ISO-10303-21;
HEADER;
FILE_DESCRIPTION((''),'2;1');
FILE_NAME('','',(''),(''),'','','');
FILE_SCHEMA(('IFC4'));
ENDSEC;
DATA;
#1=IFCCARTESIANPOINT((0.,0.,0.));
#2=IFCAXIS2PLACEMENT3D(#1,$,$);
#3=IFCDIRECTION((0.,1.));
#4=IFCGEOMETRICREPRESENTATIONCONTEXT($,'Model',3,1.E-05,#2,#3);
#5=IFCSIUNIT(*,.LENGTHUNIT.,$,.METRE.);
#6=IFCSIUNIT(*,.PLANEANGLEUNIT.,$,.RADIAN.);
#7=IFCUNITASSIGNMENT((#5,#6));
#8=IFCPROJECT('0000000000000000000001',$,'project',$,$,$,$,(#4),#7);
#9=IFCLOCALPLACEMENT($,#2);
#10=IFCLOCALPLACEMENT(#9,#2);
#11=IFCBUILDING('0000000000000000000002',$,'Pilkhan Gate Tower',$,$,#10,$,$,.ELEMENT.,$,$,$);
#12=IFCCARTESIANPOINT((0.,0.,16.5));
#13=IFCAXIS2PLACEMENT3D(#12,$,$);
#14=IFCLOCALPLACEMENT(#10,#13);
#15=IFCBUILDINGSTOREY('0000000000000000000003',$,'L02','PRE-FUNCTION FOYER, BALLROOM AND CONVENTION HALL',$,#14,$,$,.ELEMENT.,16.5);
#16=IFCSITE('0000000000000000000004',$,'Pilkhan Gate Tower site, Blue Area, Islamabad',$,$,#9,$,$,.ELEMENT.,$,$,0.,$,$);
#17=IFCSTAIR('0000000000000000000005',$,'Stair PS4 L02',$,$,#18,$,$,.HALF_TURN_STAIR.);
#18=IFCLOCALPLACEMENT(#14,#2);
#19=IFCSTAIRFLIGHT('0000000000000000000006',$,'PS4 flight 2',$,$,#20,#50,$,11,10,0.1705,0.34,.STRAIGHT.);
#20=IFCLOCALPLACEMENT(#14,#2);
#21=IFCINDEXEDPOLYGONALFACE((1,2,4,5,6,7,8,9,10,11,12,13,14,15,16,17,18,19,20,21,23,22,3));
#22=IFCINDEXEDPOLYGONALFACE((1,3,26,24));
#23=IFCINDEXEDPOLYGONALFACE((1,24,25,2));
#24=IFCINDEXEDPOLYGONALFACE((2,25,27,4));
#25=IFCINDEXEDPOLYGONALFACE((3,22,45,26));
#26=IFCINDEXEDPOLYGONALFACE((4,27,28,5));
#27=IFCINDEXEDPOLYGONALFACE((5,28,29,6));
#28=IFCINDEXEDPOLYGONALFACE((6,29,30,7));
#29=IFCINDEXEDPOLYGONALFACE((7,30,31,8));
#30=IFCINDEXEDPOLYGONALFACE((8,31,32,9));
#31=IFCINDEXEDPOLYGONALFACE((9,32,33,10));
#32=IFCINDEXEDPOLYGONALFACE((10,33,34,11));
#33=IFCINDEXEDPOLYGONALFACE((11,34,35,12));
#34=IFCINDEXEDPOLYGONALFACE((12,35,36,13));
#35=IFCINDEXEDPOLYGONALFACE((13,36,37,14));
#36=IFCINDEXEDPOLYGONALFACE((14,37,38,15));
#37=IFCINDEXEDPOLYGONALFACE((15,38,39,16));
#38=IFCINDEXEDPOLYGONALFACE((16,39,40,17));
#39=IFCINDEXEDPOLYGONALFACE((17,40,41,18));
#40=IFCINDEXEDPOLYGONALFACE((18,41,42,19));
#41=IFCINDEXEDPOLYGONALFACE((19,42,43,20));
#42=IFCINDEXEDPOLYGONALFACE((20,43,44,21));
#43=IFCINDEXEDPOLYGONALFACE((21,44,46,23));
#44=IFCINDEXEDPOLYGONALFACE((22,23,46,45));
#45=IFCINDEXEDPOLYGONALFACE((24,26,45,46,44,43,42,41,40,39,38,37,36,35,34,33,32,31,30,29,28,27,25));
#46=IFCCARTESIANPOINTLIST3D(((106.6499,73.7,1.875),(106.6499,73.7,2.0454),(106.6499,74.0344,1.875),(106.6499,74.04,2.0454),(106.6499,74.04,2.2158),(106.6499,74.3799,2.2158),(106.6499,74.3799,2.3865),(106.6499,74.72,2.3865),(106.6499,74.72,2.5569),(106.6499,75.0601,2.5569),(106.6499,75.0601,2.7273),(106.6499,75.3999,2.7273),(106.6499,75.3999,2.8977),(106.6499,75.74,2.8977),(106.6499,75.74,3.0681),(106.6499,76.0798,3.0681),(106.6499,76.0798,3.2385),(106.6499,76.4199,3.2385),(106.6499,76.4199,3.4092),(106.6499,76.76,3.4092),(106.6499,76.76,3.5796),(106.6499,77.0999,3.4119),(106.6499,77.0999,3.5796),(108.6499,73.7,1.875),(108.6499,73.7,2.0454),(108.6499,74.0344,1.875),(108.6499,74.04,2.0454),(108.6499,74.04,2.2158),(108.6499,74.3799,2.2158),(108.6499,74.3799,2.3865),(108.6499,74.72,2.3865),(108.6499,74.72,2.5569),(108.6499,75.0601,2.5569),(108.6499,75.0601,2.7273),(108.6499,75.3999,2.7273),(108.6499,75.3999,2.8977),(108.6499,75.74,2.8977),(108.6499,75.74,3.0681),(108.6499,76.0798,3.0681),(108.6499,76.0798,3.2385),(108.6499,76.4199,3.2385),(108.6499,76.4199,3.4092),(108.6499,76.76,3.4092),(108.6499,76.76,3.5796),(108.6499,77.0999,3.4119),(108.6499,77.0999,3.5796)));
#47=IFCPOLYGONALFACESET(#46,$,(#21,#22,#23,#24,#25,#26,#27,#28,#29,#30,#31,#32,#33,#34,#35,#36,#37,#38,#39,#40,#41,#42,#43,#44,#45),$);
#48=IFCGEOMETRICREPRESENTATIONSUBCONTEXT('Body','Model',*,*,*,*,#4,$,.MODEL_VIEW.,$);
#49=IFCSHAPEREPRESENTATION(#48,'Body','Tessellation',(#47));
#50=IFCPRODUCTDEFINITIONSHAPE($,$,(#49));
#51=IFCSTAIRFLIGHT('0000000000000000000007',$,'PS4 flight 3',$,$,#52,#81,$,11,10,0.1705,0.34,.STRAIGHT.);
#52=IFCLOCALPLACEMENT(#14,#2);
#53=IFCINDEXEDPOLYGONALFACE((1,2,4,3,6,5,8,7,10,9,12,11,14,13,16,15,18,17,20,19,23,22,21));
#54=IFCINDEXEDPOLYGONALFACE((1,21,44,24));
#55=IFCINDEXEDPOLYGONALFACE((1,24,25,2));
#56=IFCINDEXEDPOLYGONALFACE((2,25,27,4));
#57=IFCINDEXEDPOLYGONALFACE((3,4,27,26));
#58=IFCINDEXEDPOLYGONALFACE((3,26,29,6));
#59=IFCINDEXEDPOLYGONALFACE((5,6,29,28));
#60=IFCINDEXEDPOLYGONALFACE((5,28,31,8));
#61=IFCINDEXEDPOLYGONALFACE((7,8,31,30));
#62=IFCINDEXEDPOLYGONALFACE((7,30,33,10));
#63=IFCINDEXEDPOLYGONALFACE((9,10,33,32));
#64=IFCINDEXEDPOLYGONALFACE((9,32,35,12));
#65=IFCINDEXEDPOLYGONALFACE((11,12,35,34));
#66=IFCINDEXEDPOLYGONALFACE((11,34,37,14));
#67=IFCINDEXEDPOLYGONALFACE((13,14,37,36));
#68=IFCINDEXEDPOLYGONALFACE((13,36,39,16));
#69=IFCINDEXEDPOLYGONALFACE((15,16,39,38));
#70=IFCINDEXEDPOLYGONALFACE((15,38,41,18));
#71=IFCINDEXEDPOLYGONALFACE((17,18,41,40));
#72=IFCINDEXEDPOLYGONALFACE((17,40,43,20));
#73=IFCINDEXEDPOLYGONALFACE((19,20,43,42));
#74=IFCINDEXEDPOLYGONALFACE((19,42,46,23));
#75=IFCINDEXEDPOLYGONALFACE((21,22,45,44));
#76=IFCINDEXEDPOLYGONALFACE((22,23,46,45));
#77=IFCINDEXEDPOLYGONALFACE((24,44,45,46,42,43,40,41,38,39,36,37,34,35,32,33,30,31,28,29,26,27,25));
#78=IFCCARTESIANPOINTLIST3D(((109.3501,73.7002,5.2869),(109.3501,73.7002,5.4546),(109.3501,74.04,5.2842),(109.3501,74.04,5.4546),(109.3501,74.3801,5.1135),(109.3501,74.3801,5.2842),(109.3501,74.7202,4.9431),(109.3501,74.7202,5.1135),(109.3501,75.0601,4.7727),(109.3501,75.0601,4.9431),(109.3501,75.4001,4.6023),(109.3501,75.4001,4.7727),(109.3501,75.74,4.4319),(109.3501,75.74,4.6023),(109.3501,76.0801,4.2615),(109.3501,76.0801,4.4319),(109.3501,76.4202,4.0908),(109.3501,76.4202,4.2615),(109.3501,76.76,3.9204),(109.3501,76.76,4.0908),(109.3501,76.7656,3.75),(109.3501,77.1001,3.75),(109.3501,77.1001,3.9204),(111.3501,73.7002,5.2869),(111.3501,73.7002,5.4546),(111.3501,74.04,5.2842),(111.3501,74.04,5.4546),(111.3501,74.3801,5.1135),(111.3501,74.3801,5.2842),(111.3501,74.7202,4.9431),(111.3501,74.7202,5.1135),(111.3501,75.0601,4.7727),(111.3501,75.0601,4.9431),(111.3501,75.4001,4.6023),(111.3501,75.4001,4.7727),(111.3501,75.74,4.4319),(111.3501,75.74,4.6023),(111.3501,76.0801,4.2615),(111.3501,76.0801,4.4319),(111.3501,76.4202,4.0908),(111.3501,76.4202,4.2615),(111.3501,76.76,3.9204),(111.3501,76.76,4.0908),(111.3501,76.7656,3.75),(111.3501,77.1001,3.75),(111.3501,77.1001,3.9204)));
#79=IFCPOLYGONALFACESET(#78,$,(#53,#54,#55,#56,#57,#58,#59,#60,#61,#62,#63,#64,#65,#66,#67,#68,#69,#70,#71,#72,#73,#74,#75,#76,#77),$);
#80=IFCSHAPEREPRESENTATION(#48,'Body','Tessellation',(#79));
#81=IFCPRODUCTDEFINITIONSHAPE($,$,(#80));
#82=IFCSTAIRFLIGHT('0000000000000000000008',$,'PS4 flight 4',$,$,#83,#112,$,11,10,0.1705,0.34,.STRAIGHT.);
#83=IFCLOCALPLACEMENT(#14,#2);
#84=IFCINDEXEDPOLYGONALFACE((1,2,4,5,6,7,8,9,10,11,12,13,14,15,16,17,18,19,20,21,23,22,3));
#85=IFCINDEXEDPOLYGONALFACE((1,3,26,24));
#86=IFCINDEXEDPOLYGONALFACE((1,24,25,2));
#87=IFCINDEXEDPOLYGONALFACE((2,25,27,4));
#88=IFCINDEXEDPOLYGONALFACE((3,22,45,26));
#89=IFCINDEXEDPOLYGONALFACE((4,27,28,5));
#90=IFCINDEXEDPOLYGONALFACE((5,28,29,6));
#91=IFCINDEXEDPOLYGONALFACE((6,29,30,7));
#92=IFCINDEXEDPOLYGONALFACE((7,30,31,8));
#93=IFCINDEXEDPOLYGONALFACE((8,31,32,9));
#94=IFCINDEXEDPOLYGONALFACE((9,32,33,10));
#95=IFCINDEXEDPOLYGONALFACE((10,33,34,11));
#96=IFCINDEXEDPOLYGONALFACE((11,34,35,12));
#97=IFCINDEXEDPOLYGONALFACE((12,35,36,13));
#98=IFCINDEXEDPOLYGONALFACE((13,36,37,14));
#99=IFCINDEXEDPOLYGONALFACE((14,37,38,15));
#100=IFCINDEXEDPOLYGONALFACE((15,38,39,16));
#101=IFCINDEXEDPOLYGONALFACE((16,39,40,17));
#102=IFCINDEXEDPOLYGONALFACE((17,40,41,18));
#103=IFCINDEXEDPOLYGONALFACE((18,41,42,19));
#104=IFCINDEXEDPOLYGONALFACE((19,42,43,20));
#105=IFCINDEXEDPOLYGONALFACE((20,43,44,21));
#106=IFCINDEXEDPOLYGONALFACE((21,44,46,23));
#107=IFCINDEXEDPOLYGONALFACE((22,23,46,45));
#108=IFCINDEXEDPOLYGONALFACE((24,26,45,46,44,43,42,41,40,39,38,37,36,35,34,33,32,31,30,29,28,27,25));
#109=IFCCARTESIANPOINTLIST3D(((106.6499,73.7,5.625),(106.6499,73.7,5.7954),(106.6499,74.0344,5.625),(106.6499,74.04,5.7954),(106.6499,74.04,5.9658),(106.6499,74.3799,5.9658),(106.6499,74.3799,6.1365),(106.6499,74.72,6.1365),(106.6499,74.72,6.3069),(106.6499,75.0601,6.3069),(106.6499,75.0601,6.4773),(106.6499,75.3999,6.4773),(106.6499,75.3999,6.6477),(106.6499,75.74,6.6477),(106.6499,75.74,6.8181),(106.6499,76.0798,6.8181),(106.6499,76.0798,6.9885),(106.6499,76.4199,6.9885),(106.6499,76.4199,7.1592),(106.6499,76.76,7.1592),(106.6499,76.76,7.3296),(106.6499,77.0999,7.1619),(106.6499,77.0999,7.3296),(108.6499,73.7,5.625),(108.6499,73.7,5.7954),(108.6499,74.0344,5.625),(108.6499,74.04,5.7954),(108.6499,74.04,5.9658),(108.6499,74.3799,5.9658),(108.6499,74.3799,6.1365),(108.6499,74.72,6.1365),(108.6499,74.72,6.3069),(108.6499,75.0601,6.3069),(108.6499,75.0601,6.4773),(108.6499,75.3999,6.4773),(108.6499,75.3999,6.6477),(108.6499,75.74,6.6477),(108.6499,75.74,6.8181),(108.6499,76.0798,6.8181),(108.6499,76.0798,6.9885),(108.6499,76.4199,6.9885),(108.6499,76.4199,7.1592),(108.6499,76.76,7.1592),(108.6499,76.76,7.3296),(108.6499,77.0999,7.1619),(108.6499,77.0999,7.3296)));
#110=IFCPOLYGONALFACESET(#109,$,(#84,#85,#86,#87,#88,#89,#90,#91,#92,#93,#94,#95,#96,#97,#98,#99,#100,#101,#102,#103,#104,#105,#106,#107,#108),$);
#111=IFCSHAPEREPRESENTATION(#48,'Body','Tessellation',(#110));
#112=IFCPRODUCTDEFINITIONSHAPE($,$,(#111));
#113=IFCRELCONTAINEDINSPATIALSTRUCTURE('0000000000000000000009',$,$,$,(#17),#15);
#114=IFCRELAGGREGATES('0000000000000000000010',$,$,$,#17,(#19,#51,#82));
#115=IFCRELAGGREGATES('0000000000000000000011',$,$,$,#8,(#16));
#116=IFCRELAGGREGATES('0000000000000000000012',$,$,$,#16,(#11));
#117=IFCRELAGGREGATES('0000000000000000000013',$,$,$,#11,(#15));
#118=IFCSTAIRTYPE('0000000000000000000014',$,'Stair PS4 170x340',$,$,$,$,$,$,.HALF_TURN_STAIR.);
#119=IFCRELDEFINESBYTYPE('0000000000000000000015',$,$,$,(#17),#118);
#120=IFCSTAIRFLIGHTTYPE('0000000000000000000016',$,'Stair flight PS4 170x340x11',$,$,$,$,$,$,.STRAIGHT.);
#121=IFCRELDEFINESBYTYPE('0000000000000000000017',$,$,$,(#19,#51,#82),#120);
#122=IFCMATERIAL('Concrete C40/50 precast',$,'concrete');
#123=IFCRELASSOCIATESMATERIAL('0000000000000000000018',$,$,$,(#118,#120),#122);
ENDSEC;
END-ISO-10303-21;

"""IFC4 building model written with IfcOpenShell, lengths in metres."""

from ifc_helpers import new_model, si_unit, direction, frame, origin, place, context, subcontext, project, spatial, polyline, outline, extrude, material, type_object, element, aggregate, save


model = new_model("IFC4")

# Units and contexts
model_context = context("Model", 3, precision=1e-05, world=origin(), true_north=direction((0.0, 1.0)))
body_context = subcontext(model_context, "Body", "Model", "MODEL_VIEW")
ifc_project = project(units=[si_unit("LENGTHUNIT", "METRE"), si_unit("PLANEANGLEUNIT", "RADIAN")], contexts=[model_context])

# Site, building, storey
site_placement = place(None, origin())
site = spatial("IfcSite", under=ifc_project, at=site_placement, Name="Pilkhan Gate Tower site, Blue Area, Islamabad", CompositionType="ELEMENT", RefElevation=0.0)
building_placement = place(site_placement, origin())
building = spatial("IfcBuilding", under=site, at=building_placement, Name="Pilkhan Gate Tower", CompositionType="ELEMENT")
storey_placement = place(building_placement, frame((0.0, 0.0, 16.5)))
storey = spatial("IfcBuildingStorey", under=building, at=storey_placement, Name="L02", Description="PRE-FUNCTION FOYER, BALLROOM AND CONVENTION HALL", CompositionType="ELEMENT", Elevation=16.5)

# Stair, stair flights
ifc_material_1 = material(Name="Concrete C40/50 precast", Category="concrete")
stair_type = type_object("IfcStairType", Name="Stair PS4 170x340", PredefinedType="HALF_TURN_STAIR", material=ifc_material_1)
stair_placement = place(storey_placement, origin())
stair = element("IfcStair", 1, at=stair_placement, inside=storey, type_object=stair_type, Name="Stair PS4 L02", PredefinedType="HALF_TURN_STAIR")
stair_flight_type = type_object("IfcStairFlightType", Name="Stair flight PS4 170x340x11", PredefinedType="STRAIGHT", material=ifc_material_1)
stair_flight_1_placement = place(storey_placement, frame((107.6499, 73.7, 1.875), z_axis=(0.0, 0.0, 1.0), x_axis=(0.0, 1.0, 0.0)))
stair_flight_1 = element("IfcStairFlight", 2, at=stair_flight_1_placement, type_object=stair_flight_type, Name="PS4 flight 2", NumberOfRisers=11, NumberOfTreads=10, PredefinedType="STRAIGHT", RiserHeight=0.1705, TreadLength=0.34, context=body_context, shape_type="SweptSolid", body=[
    extrude(outline(polyline([(0.0, 0.0), (0.0, 0.1704), (0.3401, 0.1704), (0.3401, 0.3408), (0.6799, 0.3408), (0.6799, 0.5115), (1.02, 0.5115), (1.02, 0.6819), (1.3601, 0.6819), (1.3601, 0.8523), (1.7, 0.8523), (1.7, 1.0227), (2.04, 1.0227), (2.04, 1.1931), (2.3799, 1.1931), (2.3799, 1.3635), (2.72, 1.3635), (2.72, 1.5342), (3.0601, 1.5342), (3.0601, 1.7046), (3.3999, 1.7046), (3.3999, 1.875), (3.3999, 1.5369), (0.3345, 0.0), (0.0, 0.0)])), frame((0.0, 1.0, 0.0), z_axis=(0.0, -1.0, 0.0), x_axis=(1.0, 0.0, 0.0)), (0.0, 0.0, 1.0), 2.0),
])
stair_flight_2_placement = place(storey_placement, frame((110.3501, 77.1001, 3.75), z_axis=(0.0, 0.0, 1.0), x_axis=(0.0, -1.0, 0.0)))
stair_flight_2 = element("IfcStairFlight", 3, at=stair_flight_2_placement, type_object=stair_flight_type, Name="PS4 flight 3", NumberOfRisers=11, NumberOfTreads=10, PredefinedType="STRAIGHT", RiserHeight=0.1705, TreadLength=0.34, context=body_context, shape_type="SweptSolid", body=[
    extrude(outline(polyline([(0.0, 0.0), (0.0, 0.1704), (0.3401, 0.1704), (0.3401, 0.3408), (0.6799, 0.3408), (0.6799, 0.5115), (1.02, 0.5115), (1.02, 0.6819), (1.3601, 0.6819), (1.3601, 0.8523), (1.7, 0.8523), (1.7, 1.0227), (2.04, 1.0227), (2.04, 1.1931), (2.3799, 1.1931), (2.3799, 1.3635), (2.72, 1.3635), (2.72, 1.5342), (3.0601, 1.5342), (3.0601, 1.7046), (3.3999, 1.7046), (3.3999, 1.875), (3.3999, 1.5369), (0.3345, 0.0), (0.0, 0.0)])), frame((0.0, 1.0, 0.0), z_axis=(0.0, -1.0, 0.0), x_axis=(1.0, 0.0, 0.0)), (0.0, 0.0, 1.0), 2.0),
])
stair_flight_3_placement = place(storey_placement, frame((107.6499, 73.7, 5.625), z_axis=(0.0, 0.0, 1.0), x_axis=(0.0, 1.0, 0.0)))
stair_flight_3 = element("IfcStairFlight", 4, at=stair_flight_3_placement, type_object=stair_flight_type, Name="PS4 flight 4", NumberOfRisers=11, NumberOfTreads=10, PredefinedType="STRAIGHT", RiserHeight=0.1705, TreadLength=0.34, context=body_context, shape_type="SweptSolid", body=[
    extrude(outline(polyline([(0.0, 0.0), (0.0, 0.1704), (0.3401, 0.1704), (0.3401, 0.3408), (0.6799, 0.3408), (0.6799, 0.5115), (1.02, 0.5115), (1.02, 0.6819), (1.3601, 0.6819), (1.3601, 0.8523), (1.7, 0.8523), (1.7, 1.0227), (2.04, 1.0227), (2.04, 1.1931), (2.3799, 1.1931), (2.3799, 1.3635), (2.72, 1.3635), (2.72, 1.5342), (3.0601, 1.5342), (3.0601, 1.7046), (3.3999, 1.7046), (3.3999, 1.875), (3.3999, 1.5369), (0.3345, 0.0), (0.0, 0.0)])), frame((0.0, 1.0, 0.0), z_axis=(0.0, -1.0, 0.0), x_axis=(1.0, 0.0, 0.0)), (0.0, 0.0, 1.0), 2.0),
])
aggregate(stair, [stair_flight_1, stair_flight_2, stair_flight_3])

save(model, "model.ifc")
